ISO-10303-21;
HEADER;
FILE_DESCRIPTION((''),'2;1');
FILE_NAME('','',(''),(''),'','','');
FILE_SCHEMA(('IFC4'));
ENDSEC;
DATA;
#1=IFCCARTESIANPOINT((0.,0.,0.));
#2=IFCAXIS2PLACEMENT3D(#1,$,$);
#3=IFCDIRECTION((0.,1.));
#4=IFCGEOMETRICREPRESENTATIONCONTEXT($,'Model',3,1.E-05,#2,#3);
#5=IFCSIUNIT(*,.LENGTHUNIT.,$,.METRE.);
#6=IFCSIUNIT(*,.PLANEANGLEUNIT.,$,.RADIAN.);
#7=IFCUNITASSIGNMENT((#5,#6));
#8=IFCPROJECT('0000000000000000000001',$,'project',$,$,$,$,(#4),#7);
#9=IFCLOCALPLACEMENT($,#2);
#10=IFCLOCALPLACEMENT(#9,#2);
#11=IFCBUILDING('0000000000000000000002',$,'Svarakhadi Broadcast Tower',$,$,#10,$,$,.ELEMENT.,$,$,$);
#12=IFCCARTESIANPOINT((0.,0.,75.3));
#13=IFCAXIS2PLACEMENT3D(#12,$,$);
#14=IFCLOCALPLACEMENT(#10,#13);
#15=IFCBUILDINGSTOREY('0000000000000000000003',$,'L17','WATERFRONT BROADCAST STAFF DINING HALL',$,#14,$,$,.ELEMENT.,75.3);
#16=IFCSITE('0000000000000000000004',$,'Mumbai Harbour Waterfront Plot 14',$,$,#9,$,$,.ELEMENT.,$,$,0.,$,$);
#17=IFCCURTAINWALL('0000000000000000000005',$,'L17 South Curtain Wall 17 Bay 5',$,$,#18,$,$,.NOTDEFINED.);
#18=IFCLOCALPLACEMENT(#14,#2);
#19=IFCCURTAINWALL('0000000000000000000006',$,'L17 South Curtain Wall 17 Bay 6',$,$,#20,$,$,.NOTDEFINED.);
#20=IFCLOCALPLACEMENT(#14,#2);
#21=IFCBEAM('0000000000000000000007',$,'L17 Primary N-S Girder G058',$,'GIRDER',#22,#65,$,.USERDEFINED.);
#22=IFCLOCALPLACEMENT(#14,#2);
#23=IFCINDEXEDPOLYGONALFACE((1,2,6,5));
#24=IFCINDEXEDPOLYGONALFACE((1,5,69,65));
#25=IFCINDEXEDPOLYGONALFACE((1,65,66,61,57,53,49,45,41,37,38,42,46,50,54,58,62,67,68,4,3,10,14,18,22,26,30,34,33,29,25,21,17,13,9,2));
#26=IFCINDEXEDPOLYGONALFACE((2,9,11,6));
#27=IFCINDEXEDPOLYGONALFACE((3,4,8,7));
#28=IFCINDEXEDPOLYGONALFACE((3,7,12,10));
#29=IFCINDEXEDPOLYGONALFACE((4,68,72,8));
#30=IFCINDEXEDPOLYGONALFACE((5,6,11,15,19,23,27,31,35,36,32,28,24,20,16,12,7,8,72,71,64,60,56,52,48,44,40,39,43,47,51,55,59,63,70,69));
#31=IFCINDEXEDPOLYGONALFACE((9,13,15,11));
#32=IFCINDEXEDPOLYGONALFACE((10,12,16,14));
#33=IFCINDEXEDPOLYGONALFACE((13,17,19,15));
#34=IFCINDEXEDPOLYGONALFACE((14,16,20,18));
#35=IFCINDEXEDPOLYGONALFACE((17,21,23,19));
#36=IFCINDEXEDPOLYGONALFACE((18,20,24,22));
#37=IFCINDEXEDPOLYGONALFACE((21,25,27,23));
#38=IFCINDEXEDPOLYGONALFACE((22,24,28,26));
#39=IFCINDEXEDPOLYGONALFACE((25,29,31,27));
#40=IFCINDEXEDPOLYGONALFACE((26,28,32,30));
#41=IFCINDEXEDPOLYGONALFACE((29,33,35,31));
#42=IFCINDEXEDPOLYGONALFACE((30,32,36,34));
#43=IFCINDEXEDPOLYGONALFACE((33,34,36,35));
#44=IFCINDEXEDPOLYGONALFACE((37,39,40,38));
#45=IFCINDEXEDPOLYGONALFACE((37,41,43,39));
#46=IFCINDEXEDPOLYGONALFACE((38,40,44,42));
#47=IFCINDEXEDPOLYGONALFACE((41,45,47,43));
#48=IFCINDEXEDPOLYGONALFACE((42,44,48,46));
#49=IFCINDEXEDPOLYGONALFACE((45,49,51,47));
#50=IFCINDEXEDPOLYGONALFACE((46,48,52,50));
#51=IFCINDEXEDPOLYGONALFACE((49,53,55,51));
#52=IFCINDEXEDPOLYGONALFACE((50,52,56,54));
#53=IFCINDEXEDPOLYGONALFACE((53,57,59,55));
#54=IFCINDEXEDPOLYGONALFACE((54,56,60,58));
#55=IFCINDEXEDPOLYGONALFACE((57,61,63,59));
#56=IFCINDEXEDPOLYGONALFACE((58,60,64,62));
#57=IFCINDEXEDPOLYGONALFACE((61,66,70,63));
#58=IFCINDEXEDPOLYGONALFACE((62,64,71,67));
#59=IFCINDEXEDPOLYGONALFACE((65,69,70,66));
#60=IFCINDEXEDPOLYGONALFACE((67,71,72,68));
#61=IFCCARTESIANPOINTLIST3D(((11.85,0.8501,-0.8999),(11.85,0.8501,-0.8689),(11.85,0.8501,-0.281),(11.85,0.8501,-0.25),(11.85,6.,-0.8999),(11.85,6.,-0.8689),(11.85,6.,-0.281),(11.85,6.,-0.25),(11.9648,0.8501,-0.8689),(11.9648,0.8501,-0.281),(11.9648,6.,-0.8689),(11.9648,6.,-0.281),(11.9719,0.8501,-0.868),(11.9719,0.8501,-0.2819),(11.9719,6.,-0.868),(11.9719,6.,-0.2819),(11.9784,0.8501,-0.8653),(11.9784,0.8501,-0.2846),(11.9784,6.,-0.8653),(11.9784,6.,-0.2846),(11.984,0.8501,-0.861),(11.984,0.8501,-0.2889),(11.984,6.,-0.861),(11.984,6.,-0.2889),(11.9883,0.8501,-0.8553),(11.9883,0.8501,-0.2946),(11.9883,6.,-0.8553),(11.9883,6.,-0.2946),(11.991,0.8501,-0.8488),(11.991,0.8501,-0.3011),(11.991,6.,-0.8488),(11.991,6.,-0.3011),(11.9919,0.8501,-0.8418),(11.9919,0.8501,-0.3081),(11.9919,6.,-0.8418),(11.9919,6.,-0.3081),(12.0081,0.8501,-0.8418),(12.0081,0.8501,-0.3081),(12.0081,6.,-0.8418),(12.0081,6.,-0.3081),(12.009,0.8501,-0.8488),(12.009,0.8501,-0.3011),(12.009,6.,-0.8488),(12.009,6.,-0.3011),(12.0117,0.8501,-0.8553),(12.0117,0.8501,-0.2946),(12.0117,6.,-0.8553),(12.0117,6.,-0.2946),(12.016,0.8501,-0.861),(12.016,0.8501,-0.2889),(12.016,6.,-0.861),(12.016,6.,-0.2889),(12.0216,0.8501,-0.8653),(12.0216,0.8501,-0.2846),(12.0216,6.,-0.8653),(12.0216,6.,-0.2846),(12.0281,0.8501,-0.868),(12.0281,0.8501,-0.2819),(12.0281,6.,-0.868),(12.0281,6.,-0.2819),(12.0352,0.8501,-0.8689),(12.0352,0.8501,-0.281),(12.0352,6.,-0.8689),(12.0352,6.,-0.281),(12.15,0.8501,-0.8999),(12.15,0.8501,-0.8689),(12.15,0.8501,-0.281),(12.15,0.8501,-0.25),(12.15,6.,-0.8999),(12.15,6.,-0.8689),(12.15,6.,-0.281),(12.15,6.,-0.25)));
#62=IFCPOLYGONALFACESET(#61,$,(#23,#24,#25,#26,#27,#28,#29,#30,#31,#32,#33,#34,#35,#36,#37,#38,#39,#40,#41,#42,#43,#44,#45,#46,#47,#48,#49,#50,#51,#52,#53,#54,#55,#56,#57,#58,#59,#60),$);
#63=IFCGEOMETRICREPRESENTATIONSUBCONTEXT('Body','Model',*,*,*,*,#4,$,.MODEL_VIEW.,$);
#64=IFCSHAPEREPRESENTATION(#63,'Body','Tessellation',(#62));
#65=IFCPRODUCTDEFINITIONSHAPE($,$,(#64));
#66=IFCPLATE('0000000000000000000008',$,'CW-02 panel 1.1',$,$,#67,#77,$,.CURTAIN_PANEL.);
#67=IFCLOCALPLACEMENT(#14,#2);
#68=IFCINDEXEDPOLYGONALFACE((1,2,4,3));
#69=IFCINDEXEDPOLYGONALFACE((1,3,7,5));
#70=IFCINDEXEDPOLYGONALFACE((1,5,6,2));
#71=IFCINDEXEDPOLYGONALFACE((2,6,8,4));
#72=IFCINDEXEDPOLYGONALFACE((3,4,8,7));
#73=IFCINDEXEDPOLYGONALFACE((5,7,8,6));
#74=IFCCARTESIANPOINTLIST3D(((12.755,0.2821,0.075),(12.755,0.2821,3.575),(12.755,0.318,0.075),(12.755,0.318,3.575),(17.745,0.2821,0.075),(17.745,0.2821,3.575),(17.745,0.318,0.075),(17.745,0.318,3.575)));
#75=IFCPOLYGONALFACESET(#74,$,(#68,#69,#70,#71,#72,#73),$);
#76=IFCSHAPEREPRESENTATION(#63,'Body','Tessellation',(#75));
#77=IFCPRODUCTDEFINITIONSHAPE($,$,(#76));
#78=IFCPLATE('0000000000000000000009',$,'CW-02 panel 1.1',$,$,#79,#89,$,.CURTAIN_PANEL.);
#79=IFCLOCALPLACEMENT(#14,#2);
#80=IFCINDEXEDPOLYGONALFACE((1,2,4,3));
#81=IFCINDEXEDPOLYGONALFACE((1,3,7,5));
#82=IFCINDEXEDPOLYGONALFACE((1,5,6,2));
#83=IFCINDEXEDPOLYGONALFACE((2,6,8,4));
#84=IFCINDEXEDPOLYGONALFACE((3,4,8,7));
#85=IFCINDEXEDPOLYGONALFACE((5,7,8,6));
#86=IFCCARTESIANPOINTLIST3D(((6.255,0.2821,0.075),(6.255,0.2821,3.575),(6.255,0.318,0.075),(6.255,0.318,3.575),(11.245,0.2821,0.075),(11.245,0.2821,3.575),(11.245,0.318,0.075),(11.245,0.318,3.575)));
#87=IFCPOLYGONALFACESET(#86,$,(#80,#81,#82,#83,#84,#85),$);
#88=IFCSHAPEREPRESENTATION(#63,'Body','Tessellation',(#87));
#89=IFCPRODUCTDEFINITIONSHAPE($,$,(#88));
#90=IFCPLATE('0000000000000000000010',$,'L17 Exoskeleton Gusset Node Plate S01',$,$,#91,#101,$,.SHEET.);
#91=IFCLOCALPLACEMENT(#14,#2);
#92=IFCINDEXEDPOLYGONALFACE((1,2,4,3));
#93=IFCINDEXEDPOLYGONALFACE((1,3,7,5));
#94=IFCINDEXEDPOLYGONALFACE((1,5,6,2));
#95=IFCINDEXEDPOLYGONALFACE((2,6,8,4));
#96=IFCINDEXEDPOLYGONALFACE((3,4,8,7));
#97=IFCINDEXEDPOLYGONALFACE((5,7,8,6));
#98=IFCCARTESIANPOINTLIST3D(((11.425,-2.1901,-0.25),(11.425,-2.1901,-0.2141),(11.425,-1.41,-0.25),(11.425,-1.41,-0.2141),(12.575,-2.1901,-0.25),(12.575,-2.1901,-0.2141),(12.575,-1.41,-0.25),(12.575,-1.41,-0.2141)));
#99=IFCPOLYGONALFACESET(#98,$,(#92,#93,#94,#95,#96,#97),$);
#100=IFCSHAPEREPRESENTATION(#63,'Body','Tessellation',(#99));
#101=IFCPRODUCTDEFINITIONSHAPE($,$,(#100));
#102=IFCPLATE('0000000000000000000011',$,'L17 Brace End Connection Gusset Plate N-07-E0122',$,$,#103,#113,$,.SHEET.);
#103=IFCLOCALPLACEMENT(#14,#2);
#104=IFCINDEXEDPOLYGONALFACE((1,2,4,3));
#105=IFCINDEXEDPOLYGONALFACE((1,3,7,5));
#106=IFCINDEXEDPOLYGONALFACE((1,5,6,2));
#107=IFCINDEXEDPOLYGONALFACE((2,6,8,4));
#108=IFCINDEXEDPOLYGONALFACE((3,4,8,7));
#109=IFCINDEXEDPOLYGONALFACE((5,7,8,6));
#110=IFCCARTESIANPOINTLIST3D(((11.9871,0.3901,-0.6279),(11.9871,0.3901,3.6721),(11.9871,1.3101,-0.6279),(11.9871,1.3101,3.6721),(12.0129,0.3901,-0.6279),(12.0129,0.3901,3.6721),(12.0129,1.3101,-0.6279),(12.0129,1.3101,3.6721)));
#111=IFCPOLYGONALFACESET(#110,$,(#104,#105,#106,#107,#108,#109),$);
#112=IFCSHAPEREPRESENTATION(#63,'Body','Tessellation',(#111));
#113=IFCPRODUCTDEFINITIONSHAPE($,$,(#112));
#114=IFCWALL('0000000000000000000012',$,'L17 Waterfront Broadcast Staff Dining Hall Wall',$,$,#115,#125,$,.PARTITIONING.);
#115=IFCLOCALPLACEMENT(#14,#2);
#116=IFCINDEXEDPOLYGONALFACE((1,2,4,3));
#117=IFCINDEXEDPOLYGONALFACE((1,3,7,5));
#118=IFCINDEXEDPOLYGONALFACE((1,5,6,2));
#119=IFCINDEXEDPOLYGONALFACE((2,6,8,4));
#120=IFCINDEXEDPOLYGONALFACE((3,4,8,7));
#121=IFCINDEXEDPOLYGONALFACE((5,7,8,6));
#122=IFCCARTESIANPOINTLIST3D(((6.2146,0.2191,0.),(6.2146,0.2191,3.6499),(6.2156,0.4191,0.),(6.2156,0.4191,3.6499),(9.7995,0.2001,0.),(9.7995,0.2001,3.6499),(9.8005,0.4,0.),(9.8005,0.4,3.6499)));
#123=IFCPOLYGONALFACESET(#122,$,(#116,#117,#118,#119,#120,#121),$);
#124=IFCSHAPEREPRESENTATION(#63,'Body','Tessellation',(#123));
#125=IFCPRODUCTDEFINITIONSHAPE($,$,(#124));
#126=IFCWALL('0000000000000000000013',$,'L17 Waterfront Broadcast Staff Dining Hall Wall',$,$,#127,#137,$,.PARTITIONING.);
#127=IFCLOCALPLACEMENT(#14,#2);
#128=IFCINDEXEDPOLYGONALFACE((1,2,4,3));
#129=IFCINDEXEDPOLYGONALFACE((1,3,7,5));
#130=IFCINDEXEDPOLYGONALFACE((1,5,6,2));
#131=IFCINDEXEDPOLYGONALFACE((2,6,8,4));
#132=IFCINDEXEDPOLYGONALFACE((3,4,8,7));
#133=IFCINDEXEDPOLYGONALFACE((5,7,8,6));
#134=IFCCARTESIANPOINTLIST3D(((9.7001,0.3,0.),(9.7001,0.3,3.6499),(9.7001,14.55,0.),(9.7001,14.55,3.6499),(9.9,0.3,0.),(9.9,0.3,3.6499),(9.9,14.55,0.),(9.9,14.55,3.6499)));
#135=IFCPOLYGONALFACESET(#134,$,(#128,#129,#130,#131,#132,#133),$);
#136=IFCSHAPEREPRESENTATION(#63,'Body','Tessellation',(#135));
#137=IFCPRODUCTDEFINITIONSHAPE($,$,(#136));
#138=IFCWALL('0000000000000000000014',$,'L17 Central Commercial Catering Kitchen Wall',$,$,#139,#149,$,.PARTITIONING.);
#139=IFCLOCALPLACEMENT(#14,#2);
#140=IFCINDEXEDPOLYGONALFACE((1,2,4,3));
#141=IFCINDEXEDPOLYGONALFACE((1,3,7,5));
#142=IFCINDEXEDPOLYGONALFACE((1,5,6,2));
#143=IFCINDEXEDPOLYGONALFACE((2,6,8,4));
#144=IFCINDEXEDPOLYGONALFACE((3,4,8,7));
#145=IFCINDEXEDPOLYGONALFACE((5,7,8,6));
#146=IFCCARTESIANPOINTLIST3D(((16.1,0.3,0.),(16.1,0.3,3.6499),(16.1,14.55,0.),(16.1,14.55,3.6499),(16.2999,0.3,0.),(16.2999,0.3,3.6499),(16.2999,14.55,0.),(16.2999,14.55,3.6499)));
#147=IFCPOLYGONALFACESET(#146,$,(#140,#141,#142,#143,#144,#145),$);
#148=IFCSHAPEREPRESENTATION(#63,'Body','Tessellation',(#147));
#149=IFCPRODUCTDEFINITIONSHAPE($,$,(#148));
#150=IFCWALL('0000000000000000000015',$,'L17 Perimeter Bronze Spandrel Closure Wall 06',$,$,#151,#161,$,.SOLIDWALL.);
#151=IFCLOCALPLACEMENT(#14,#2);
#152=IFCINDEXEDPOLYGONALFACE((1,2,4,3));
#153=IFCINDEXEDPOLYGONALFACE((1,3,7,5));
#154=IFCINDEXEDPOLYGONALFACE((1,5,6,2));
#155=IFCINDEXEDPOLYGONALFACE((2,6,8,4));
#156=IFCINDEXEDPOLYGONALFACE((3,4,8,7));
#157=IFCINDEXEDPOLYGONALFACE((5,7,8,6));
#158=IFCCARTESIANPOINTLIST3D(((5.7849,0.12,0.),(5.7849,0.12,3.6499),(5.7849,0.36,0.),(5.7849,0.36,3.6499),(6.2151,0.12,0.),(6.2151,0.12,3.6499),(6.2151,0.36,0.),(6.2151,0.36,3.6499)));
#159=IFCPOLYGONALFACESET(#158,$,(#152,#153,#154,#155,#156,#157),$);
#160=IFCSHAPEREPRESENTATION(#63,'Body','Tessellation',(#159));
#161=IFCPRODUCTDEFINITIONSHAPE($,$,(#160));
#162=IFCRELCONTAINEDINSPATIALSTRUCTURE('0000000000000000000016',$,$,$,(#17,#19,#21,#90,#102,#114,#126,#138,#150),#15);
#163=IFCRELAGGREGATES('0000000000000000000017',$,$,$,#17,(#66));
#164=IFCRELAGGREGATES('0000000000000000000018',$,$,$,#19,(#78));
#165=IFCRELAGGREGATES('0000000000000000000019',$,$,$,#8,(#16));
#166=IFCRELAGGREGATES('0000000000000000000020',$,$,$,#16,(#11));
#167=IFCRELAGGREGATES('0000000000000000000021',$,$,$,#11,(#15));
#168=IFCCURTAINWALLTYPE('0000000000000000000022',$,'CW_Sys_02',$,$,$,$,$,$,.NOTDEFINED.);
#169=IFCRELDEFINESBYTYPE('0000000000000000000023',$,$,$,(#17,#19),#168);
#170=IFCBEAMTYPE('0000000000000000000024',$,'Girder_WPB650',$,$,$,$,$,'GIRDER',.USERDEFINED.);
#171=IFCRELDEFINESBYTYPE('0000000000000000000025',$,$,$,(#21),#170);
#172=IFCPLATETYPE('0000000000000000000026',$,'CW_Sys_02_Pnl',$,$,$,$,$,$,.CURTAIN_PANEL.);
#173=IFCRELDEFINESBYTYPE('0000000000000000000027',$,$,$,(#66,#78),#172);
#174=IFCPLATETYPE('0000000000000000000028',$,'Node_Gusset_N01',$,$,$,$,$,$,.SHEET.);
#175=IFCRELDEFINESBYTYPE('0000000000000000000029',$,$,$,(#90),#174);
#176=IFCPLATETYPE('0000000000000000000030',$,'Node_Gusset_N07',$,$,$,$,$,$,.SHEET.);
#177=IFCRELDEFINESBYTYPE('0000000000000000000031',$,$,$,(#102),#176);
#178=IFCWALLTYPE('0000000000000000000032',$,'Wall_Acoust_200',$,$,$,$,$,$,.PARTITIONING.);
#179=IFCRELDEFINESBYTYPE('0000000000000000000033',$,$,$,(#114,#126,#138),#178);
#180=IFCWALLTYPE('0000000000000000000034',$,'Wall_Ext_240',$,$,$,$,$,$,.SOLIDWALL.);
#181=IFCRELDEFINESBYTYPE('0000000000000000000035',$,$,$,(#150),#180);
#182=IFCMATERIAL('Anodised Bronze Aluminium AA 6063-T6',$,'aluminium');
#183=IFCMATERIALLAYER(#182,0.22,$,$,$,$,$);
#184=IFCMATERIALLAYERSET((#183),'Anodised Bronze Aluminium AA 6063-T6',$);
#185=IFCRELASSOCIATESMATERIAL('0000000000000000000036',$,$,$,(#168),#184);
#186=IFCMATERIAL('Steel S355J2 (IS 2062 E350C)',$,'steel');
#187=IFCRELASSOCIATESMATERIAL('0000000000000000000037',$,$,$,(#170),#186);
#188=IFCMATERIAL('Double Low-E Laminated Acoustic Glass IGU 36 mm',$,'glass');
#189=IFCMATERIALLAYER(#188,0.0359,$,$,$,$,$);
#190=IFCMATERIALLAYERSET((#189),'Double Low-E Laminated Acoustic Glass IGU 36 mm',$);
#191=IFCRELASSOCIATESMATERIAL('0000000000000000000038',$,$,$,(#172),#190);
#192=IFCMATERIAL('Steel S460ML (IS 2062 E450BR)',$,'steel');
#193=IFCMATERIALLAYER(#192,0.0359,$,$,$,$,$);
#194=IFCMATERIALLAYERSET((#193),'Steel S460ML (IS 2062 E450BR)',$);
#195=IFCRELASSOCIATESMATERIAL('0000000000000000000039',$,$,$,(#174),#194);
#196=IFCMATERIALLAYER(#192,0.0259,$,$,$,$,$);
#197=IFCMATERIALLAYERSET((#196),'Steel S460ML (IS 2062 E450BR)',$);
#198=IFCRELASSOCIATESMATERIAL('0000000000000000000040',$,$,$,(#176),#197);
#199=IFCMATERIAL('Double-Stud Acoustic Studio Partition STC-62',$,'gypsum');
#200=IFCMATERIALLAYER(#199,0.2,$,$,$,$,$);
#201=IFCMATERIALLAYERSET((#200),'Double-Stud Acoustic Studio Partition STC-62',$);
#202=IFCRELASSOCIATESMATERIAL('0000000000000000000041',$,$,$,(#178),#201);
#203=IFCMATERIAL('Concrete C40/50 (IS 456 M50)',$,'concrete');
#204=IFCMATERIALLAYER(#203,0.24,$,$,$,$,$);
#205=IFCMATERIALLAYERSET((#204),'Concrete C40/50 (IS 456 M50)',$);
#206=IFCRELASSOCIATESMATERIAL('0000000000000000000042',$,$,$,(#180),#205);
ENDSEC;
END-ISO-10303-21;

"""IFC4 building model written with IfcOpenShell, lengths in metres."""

from ifc_helpers import new_model, si_unit, direction, frame, frame_2d, origin, origin_2d, place, context, subcontext, project, spatial, rectangle, i_section, extrude, material, layer, layer_set, material_profile, profile_set, type_object, element, aggregate, save


model = new_model("IFC4")

# Units and contexts
model_context = context("Model", 3, precision=1e-05, world=origin(), true_north=direction((0.0, 1.0)))
body_context = subcontext(model_context, "Body", "Model", "MODEL_VIEW")
ifc_project = project(units=[si_unit("LENGTHUNIT", "METRE"), si_unit("PLANEANGLEUNIT", "RADIAN")], contexts=[model_context])

# Site, building, storey
site_placement = place(None, origin())
site = spatial("IfcSite", under=ifc_project, at=site_placement, Name="Mumbai Harbour Waterfront Plot 14", CompositionType="ELEMENT", RefElevation=0.0)
building_placement = place(site_placement, origin())
building = spatial("IfcBuilding", under=site, at=building_placement, Name="Svarakhadi Broadcast Tower", CompositionType="ELEMENT")
storey_placement = place(building_placement, frame((0.0, 0.0, 75.3)))
storey = spatial("IfcBuildingStorey", under=building, at=storey_placement, Name="L17", Description="WATERFRONT BROADCAST STAFF DINING HALL", CompositionType="ELEMENT", Elevation=75.3)

# Shared definitions
ifc_material_1 = material(Name="Steel S460ML (IS 2062 E450BR)", Category="steel")

# Shared definitions
ifc_material_2 = material(Name="Steel S355J2 (IS 2062 E350C)", Category="steel")

# Curtain walls
ifc_material_3 = material(Name="Anodised Bronze Aluminium AA 6063-T6", Category="aluminium")
ifc_layer_1 = layer(ifc_material_3, 0.22)
ifc_layer_set_1 = layer_set([ifc_layer_1], Name="Anodised Bronze Aluminium AA 6063-T6")
curtain_wall_type = type_object("IfcCurtainWallType", Name="CW_Sys_02", PredefinedType="NOTDEFINED", material=ifc_layer_set_1)
curtain_wall_1_placement = place(storey_placement, origin())
curtain_wall_1 = element("IfcCurtainWall", 1, at=curtain_wall_1_placement, inside=storey, type_object=curtain_wall_type, Name="L17 South Curtain Wall 17 Bay 5", PredefinedType="NOTDEFINED")
curtain_wall_2_placement = place(storey_placement, origin())
curtain_wall_2 = element("IfcCurtainWall", 2, at=curtain_wall_2_placement, inside=storey, type_object=curtain_wall_type, Name="L17 South Curtain Wall 17 Bay 6", PredefinedType="NOTDEFINED")

# Beam
ifc_material_profile_1 = material_profile(ifc_material_2, i_section(OverallWidth=0.3, OverallDepth=0.6499, WebThickness=0.0161, FlangeThickness=0.031, FilletRadius=0.0271, at=origin_2d()), Name="WPB 650x300x225")
ifc_profile_set_1 = profile_set([ifc_material_profile_1], Name="Steel S355J2 (IS 2062 E350C)")
beam_type_1 = type_object("IfcBeamType", Name="Girder_WPB650", ElementType="GIRDER", PredefinedType="USERDEFINED", material=ifc_profile_set_1)
beam_1_placement = place(storey_placement, frame((12.0, 0.8501, -0.575), z_axis=(0.0, 1.0, 0.0), x_axis=(-1.0, 0.0, 0.0)))
element("IfcBeam", 3, at=beam_1_placement, inside=storey, type_object=beam_type_1, Name="L17 Primary N-S Girder G058", ObjectType="GIRDER", PredefinedType="USERDEFINED", context=body_context, shape_type="SweptSolid", body=[
    extrude(i_section(OverallWidth=0.3, OverallDepth=0.6499, WebThickness=0.0161, FlangeThickness=0.031, FilletRadius=0.0271, at=origin_2d()), origin(), (0.0, 0.0, 1.0), 5.1499),
])

# Plates
ifc_material_4 = material(Name="Double Low-E Laminated Acoustic Glass IGU 36 mm", Category="glass")
ifc_layer_2 = layer(ifc_material_4, 0.0359)
ifc_layer_set_2 = layer_set([ifc_layer_2], Name="Double Low-E Laminated Acoustic Glass IGU 36 mm")
plate_type_1 = type_object("IfcPlateType", Name="CW_Sys_02_Pnl", PredefinedType="CURTAIN_PANEL", material=ifc_layer_set_2)
plate_1_placement = place(storey_placement, frame((15.25, 0.3, 0.075), z_axis=(0.0, 0.0, 1.0), x_axis=(-1.0, 0.0, 0.0)))
plate_1 = element("IfcPlate", 4, at=plate_1_placement, type_object=plate_type_1, Name="CW-02 panel 1.1", PredefinedType="CURTAIN_PANEL", context=body_context, shape_type="SweptSolid", body=[
    extrude(rectangle(XDim=4.99, YDim=0.0359, at=origin_2d()), origin(), (0.0, 0.0, 1.0), 3.5),
])
aggregate(curtain_wall_1, [plate_1])
plate_2_placement = place(storey_placement, frame((8.75, 0.3, 0.075), z_axis=(0.0, 0.0, 1.0), x_axis=(-1.0, 0.0, 0.0)))
plate_2 = element("IfcPlate", 5, at=plate_2_placement, type_object=plate_type_1, Name="CW-02 panel 1.1", PredefinedType="CURTAIN_PANEL", context=body_context, shape_type="SweptSolid", body=[
    extrude(rectangle(XDim=4.99, YDim=0.0359, at=origin_2d()), origin(), (0.0, 0.0, 1.0), 3.5),
])
aggregate(curtain_wall_2, [plate_2])

# Plates
ifc_layer_3 = layer(ifc_material_1, 0.0359)
ifc_layer_set_3 = layer_set([ifc_layer_3], Name="Steel S460ML (IS 2062 E450BR)")
plate_type_2 = type_object("IfcPlateType", Name="Node_Gusset_N01", PredefinedType="SHEET", material=ifc_layer_set_3)
plate_3_placement = place(storey_placement, frame((12.0, -1.8, -0.25), z_axis=(0.0, 0.0, 1.0), x_axis=(1.0, 0.0, 0.0)))
element("IfcPlate", 6, at=plate_3_placement, inside=storey, type_object=plate_type_2, Name="L17 Exoskeleton Gusset Node Plate S01", PredefinedType="SHEET", context=body_context, shape_type="SweptSolid", body=[
    extrude(rectangle(XDim=1.1499, YDim=0.78, at=origin_2d()), origin(), (0.0, 0.0, 1.0), 0.0359),
])
ifc_layer_4 = layer(ifc_material_1, 0.0259)
ifc_layer_set_4 = layer_set([ifc_layer_4], Name="Steel S460ML (IS 2062 E450BR)")
plate_type_3 = type_object("IfcPlateType", Name="Node_Gusset_N07", PredefinedType="SHEET", material=ifc_layer_set_4)
plate_4_placement = place(storey_placement, frame((12.0, 0.8501, -0.6279), z_axis=(0.0, 0.0, 1.0), x_axis=(0.0, 1.0, 0.0)))
element("IfcPlate", 7, at=plate_4_placement, inside=storey, type_object=plate_type_3, Name="L17 Brace End Connection Gusset Plate N-07-E0122", PredefinedType="SHEET", context=body_context, shape_type="SweptSolid", body=[
    extrude(rectangle(XDim=0.9199, YDim=0.0259, at=origin_2d()), origin(), (0.0, 0.0, 1.0), 4.3),
])

# Walls
ifc_material_5 = material(Name="Double-Stud Acoustic Studio Partition STC-62", Category="gypsum")
ifc_layer_5 = layer(ifc_material_5, 0.2)
ifc_layer_set_5 = layer_set([ifc_layer_5], Name="Double-Stud Acoustic Studio Partition STC-62")
wall_type_1 = type_object("IfcWallType", Name="Wall_Acoust_200", PredefinedType="PARTITIONING", material=ifc_layer_set_5)
wall_1_placement = place(storey_placement, frame((6.2151, 0.3191, 0.0), z_axis=(0.0, 0.0, 1.0), x_axis=(0.999986, -0.005312, 0.0)))
element("IfcWall", 8, at=wall_1_placement, inside=storey, type_object=wall_type_1, Name="L17 Waterfront Broadcast Staff Dining Hall Wall", PredefinedType="PARTITIONING", context=body_context, shape_type="SweptSolid", body=[
    extrude(rectangle(XDim=3.585, YDim=0.2, at=frame_2d((1.7925, 0.0))), origin(), (0.0, 0.0, 1.0), 3.6499),
])
for number, where, z_axis, x_axis, name in (
    (9, (9.8, 0.3, 0.0), (0.0, 0.0, 1.0), (0.0, 1.0, 0.0), "L17 Waterfront Broadcast Staff Dining Hall Wall"),
    (10, (16.2, 0.3, 0.0), (0.0, 0.0, 1.0), (0.0, 1.0, 0.0), "L17 Central Commercial Catering Kitchen Wall"),
):
    element("IfcWall", number, at=place(storey_placement, frame(where, z_axis=z_axis, x_axis=x_axis)), inside=storey, type_object=wall_type_1, Name=name, PredefinedType="PARTITIONING", context=body_context, shape_type="SweptSolid", body=[
        extrude(rectangle(XDim=14.25, YDim=0.2, at=frame_2d((7.125, 0.0))), origin(), (0.0, 0.0, 1.0), 3.6499),
    ])
ifc_material_6 = material(Name="Concrete C40/50 (IS 456 M50)", Category="concrete")
ifc_layer_6 = layer(ifc_material_6, 0.24)
ifc_layer_set_6 = layer_set([ifc_layer_6], Name="Concrete C40/50 (IS 456 M50)")
wall_type_2 = type_object("IfcWallType", Name="Wall_Ext_240", PredefinedType="SOLIDWALL", material=ifc_layer_set_6)
wall_2_placement = place(storey_placement, frame((6.2151, 0.24, 0.0), z_axis=(0.0, 0.0, 1.0), x_axis=(-1.0, 0.0, 0.0)))
element("IfcWall", 11, at=wall_2_placement, inside=storey, type_object=wall_type_2, Name="L17 Perimeter Bronze Spandrel Closure Wall 06", PredefinedType="SOLIDWALL", context=body_context, shape_type="SweptSolid", body=[
    extrude(rectangle(XDim=0.4302, YDim=0.24, at=frame_2d((0.2151, 0.0))), origin(), (0.0, 0.0, 1.0), 3.6499),
])

save(model, "model.ifc")
